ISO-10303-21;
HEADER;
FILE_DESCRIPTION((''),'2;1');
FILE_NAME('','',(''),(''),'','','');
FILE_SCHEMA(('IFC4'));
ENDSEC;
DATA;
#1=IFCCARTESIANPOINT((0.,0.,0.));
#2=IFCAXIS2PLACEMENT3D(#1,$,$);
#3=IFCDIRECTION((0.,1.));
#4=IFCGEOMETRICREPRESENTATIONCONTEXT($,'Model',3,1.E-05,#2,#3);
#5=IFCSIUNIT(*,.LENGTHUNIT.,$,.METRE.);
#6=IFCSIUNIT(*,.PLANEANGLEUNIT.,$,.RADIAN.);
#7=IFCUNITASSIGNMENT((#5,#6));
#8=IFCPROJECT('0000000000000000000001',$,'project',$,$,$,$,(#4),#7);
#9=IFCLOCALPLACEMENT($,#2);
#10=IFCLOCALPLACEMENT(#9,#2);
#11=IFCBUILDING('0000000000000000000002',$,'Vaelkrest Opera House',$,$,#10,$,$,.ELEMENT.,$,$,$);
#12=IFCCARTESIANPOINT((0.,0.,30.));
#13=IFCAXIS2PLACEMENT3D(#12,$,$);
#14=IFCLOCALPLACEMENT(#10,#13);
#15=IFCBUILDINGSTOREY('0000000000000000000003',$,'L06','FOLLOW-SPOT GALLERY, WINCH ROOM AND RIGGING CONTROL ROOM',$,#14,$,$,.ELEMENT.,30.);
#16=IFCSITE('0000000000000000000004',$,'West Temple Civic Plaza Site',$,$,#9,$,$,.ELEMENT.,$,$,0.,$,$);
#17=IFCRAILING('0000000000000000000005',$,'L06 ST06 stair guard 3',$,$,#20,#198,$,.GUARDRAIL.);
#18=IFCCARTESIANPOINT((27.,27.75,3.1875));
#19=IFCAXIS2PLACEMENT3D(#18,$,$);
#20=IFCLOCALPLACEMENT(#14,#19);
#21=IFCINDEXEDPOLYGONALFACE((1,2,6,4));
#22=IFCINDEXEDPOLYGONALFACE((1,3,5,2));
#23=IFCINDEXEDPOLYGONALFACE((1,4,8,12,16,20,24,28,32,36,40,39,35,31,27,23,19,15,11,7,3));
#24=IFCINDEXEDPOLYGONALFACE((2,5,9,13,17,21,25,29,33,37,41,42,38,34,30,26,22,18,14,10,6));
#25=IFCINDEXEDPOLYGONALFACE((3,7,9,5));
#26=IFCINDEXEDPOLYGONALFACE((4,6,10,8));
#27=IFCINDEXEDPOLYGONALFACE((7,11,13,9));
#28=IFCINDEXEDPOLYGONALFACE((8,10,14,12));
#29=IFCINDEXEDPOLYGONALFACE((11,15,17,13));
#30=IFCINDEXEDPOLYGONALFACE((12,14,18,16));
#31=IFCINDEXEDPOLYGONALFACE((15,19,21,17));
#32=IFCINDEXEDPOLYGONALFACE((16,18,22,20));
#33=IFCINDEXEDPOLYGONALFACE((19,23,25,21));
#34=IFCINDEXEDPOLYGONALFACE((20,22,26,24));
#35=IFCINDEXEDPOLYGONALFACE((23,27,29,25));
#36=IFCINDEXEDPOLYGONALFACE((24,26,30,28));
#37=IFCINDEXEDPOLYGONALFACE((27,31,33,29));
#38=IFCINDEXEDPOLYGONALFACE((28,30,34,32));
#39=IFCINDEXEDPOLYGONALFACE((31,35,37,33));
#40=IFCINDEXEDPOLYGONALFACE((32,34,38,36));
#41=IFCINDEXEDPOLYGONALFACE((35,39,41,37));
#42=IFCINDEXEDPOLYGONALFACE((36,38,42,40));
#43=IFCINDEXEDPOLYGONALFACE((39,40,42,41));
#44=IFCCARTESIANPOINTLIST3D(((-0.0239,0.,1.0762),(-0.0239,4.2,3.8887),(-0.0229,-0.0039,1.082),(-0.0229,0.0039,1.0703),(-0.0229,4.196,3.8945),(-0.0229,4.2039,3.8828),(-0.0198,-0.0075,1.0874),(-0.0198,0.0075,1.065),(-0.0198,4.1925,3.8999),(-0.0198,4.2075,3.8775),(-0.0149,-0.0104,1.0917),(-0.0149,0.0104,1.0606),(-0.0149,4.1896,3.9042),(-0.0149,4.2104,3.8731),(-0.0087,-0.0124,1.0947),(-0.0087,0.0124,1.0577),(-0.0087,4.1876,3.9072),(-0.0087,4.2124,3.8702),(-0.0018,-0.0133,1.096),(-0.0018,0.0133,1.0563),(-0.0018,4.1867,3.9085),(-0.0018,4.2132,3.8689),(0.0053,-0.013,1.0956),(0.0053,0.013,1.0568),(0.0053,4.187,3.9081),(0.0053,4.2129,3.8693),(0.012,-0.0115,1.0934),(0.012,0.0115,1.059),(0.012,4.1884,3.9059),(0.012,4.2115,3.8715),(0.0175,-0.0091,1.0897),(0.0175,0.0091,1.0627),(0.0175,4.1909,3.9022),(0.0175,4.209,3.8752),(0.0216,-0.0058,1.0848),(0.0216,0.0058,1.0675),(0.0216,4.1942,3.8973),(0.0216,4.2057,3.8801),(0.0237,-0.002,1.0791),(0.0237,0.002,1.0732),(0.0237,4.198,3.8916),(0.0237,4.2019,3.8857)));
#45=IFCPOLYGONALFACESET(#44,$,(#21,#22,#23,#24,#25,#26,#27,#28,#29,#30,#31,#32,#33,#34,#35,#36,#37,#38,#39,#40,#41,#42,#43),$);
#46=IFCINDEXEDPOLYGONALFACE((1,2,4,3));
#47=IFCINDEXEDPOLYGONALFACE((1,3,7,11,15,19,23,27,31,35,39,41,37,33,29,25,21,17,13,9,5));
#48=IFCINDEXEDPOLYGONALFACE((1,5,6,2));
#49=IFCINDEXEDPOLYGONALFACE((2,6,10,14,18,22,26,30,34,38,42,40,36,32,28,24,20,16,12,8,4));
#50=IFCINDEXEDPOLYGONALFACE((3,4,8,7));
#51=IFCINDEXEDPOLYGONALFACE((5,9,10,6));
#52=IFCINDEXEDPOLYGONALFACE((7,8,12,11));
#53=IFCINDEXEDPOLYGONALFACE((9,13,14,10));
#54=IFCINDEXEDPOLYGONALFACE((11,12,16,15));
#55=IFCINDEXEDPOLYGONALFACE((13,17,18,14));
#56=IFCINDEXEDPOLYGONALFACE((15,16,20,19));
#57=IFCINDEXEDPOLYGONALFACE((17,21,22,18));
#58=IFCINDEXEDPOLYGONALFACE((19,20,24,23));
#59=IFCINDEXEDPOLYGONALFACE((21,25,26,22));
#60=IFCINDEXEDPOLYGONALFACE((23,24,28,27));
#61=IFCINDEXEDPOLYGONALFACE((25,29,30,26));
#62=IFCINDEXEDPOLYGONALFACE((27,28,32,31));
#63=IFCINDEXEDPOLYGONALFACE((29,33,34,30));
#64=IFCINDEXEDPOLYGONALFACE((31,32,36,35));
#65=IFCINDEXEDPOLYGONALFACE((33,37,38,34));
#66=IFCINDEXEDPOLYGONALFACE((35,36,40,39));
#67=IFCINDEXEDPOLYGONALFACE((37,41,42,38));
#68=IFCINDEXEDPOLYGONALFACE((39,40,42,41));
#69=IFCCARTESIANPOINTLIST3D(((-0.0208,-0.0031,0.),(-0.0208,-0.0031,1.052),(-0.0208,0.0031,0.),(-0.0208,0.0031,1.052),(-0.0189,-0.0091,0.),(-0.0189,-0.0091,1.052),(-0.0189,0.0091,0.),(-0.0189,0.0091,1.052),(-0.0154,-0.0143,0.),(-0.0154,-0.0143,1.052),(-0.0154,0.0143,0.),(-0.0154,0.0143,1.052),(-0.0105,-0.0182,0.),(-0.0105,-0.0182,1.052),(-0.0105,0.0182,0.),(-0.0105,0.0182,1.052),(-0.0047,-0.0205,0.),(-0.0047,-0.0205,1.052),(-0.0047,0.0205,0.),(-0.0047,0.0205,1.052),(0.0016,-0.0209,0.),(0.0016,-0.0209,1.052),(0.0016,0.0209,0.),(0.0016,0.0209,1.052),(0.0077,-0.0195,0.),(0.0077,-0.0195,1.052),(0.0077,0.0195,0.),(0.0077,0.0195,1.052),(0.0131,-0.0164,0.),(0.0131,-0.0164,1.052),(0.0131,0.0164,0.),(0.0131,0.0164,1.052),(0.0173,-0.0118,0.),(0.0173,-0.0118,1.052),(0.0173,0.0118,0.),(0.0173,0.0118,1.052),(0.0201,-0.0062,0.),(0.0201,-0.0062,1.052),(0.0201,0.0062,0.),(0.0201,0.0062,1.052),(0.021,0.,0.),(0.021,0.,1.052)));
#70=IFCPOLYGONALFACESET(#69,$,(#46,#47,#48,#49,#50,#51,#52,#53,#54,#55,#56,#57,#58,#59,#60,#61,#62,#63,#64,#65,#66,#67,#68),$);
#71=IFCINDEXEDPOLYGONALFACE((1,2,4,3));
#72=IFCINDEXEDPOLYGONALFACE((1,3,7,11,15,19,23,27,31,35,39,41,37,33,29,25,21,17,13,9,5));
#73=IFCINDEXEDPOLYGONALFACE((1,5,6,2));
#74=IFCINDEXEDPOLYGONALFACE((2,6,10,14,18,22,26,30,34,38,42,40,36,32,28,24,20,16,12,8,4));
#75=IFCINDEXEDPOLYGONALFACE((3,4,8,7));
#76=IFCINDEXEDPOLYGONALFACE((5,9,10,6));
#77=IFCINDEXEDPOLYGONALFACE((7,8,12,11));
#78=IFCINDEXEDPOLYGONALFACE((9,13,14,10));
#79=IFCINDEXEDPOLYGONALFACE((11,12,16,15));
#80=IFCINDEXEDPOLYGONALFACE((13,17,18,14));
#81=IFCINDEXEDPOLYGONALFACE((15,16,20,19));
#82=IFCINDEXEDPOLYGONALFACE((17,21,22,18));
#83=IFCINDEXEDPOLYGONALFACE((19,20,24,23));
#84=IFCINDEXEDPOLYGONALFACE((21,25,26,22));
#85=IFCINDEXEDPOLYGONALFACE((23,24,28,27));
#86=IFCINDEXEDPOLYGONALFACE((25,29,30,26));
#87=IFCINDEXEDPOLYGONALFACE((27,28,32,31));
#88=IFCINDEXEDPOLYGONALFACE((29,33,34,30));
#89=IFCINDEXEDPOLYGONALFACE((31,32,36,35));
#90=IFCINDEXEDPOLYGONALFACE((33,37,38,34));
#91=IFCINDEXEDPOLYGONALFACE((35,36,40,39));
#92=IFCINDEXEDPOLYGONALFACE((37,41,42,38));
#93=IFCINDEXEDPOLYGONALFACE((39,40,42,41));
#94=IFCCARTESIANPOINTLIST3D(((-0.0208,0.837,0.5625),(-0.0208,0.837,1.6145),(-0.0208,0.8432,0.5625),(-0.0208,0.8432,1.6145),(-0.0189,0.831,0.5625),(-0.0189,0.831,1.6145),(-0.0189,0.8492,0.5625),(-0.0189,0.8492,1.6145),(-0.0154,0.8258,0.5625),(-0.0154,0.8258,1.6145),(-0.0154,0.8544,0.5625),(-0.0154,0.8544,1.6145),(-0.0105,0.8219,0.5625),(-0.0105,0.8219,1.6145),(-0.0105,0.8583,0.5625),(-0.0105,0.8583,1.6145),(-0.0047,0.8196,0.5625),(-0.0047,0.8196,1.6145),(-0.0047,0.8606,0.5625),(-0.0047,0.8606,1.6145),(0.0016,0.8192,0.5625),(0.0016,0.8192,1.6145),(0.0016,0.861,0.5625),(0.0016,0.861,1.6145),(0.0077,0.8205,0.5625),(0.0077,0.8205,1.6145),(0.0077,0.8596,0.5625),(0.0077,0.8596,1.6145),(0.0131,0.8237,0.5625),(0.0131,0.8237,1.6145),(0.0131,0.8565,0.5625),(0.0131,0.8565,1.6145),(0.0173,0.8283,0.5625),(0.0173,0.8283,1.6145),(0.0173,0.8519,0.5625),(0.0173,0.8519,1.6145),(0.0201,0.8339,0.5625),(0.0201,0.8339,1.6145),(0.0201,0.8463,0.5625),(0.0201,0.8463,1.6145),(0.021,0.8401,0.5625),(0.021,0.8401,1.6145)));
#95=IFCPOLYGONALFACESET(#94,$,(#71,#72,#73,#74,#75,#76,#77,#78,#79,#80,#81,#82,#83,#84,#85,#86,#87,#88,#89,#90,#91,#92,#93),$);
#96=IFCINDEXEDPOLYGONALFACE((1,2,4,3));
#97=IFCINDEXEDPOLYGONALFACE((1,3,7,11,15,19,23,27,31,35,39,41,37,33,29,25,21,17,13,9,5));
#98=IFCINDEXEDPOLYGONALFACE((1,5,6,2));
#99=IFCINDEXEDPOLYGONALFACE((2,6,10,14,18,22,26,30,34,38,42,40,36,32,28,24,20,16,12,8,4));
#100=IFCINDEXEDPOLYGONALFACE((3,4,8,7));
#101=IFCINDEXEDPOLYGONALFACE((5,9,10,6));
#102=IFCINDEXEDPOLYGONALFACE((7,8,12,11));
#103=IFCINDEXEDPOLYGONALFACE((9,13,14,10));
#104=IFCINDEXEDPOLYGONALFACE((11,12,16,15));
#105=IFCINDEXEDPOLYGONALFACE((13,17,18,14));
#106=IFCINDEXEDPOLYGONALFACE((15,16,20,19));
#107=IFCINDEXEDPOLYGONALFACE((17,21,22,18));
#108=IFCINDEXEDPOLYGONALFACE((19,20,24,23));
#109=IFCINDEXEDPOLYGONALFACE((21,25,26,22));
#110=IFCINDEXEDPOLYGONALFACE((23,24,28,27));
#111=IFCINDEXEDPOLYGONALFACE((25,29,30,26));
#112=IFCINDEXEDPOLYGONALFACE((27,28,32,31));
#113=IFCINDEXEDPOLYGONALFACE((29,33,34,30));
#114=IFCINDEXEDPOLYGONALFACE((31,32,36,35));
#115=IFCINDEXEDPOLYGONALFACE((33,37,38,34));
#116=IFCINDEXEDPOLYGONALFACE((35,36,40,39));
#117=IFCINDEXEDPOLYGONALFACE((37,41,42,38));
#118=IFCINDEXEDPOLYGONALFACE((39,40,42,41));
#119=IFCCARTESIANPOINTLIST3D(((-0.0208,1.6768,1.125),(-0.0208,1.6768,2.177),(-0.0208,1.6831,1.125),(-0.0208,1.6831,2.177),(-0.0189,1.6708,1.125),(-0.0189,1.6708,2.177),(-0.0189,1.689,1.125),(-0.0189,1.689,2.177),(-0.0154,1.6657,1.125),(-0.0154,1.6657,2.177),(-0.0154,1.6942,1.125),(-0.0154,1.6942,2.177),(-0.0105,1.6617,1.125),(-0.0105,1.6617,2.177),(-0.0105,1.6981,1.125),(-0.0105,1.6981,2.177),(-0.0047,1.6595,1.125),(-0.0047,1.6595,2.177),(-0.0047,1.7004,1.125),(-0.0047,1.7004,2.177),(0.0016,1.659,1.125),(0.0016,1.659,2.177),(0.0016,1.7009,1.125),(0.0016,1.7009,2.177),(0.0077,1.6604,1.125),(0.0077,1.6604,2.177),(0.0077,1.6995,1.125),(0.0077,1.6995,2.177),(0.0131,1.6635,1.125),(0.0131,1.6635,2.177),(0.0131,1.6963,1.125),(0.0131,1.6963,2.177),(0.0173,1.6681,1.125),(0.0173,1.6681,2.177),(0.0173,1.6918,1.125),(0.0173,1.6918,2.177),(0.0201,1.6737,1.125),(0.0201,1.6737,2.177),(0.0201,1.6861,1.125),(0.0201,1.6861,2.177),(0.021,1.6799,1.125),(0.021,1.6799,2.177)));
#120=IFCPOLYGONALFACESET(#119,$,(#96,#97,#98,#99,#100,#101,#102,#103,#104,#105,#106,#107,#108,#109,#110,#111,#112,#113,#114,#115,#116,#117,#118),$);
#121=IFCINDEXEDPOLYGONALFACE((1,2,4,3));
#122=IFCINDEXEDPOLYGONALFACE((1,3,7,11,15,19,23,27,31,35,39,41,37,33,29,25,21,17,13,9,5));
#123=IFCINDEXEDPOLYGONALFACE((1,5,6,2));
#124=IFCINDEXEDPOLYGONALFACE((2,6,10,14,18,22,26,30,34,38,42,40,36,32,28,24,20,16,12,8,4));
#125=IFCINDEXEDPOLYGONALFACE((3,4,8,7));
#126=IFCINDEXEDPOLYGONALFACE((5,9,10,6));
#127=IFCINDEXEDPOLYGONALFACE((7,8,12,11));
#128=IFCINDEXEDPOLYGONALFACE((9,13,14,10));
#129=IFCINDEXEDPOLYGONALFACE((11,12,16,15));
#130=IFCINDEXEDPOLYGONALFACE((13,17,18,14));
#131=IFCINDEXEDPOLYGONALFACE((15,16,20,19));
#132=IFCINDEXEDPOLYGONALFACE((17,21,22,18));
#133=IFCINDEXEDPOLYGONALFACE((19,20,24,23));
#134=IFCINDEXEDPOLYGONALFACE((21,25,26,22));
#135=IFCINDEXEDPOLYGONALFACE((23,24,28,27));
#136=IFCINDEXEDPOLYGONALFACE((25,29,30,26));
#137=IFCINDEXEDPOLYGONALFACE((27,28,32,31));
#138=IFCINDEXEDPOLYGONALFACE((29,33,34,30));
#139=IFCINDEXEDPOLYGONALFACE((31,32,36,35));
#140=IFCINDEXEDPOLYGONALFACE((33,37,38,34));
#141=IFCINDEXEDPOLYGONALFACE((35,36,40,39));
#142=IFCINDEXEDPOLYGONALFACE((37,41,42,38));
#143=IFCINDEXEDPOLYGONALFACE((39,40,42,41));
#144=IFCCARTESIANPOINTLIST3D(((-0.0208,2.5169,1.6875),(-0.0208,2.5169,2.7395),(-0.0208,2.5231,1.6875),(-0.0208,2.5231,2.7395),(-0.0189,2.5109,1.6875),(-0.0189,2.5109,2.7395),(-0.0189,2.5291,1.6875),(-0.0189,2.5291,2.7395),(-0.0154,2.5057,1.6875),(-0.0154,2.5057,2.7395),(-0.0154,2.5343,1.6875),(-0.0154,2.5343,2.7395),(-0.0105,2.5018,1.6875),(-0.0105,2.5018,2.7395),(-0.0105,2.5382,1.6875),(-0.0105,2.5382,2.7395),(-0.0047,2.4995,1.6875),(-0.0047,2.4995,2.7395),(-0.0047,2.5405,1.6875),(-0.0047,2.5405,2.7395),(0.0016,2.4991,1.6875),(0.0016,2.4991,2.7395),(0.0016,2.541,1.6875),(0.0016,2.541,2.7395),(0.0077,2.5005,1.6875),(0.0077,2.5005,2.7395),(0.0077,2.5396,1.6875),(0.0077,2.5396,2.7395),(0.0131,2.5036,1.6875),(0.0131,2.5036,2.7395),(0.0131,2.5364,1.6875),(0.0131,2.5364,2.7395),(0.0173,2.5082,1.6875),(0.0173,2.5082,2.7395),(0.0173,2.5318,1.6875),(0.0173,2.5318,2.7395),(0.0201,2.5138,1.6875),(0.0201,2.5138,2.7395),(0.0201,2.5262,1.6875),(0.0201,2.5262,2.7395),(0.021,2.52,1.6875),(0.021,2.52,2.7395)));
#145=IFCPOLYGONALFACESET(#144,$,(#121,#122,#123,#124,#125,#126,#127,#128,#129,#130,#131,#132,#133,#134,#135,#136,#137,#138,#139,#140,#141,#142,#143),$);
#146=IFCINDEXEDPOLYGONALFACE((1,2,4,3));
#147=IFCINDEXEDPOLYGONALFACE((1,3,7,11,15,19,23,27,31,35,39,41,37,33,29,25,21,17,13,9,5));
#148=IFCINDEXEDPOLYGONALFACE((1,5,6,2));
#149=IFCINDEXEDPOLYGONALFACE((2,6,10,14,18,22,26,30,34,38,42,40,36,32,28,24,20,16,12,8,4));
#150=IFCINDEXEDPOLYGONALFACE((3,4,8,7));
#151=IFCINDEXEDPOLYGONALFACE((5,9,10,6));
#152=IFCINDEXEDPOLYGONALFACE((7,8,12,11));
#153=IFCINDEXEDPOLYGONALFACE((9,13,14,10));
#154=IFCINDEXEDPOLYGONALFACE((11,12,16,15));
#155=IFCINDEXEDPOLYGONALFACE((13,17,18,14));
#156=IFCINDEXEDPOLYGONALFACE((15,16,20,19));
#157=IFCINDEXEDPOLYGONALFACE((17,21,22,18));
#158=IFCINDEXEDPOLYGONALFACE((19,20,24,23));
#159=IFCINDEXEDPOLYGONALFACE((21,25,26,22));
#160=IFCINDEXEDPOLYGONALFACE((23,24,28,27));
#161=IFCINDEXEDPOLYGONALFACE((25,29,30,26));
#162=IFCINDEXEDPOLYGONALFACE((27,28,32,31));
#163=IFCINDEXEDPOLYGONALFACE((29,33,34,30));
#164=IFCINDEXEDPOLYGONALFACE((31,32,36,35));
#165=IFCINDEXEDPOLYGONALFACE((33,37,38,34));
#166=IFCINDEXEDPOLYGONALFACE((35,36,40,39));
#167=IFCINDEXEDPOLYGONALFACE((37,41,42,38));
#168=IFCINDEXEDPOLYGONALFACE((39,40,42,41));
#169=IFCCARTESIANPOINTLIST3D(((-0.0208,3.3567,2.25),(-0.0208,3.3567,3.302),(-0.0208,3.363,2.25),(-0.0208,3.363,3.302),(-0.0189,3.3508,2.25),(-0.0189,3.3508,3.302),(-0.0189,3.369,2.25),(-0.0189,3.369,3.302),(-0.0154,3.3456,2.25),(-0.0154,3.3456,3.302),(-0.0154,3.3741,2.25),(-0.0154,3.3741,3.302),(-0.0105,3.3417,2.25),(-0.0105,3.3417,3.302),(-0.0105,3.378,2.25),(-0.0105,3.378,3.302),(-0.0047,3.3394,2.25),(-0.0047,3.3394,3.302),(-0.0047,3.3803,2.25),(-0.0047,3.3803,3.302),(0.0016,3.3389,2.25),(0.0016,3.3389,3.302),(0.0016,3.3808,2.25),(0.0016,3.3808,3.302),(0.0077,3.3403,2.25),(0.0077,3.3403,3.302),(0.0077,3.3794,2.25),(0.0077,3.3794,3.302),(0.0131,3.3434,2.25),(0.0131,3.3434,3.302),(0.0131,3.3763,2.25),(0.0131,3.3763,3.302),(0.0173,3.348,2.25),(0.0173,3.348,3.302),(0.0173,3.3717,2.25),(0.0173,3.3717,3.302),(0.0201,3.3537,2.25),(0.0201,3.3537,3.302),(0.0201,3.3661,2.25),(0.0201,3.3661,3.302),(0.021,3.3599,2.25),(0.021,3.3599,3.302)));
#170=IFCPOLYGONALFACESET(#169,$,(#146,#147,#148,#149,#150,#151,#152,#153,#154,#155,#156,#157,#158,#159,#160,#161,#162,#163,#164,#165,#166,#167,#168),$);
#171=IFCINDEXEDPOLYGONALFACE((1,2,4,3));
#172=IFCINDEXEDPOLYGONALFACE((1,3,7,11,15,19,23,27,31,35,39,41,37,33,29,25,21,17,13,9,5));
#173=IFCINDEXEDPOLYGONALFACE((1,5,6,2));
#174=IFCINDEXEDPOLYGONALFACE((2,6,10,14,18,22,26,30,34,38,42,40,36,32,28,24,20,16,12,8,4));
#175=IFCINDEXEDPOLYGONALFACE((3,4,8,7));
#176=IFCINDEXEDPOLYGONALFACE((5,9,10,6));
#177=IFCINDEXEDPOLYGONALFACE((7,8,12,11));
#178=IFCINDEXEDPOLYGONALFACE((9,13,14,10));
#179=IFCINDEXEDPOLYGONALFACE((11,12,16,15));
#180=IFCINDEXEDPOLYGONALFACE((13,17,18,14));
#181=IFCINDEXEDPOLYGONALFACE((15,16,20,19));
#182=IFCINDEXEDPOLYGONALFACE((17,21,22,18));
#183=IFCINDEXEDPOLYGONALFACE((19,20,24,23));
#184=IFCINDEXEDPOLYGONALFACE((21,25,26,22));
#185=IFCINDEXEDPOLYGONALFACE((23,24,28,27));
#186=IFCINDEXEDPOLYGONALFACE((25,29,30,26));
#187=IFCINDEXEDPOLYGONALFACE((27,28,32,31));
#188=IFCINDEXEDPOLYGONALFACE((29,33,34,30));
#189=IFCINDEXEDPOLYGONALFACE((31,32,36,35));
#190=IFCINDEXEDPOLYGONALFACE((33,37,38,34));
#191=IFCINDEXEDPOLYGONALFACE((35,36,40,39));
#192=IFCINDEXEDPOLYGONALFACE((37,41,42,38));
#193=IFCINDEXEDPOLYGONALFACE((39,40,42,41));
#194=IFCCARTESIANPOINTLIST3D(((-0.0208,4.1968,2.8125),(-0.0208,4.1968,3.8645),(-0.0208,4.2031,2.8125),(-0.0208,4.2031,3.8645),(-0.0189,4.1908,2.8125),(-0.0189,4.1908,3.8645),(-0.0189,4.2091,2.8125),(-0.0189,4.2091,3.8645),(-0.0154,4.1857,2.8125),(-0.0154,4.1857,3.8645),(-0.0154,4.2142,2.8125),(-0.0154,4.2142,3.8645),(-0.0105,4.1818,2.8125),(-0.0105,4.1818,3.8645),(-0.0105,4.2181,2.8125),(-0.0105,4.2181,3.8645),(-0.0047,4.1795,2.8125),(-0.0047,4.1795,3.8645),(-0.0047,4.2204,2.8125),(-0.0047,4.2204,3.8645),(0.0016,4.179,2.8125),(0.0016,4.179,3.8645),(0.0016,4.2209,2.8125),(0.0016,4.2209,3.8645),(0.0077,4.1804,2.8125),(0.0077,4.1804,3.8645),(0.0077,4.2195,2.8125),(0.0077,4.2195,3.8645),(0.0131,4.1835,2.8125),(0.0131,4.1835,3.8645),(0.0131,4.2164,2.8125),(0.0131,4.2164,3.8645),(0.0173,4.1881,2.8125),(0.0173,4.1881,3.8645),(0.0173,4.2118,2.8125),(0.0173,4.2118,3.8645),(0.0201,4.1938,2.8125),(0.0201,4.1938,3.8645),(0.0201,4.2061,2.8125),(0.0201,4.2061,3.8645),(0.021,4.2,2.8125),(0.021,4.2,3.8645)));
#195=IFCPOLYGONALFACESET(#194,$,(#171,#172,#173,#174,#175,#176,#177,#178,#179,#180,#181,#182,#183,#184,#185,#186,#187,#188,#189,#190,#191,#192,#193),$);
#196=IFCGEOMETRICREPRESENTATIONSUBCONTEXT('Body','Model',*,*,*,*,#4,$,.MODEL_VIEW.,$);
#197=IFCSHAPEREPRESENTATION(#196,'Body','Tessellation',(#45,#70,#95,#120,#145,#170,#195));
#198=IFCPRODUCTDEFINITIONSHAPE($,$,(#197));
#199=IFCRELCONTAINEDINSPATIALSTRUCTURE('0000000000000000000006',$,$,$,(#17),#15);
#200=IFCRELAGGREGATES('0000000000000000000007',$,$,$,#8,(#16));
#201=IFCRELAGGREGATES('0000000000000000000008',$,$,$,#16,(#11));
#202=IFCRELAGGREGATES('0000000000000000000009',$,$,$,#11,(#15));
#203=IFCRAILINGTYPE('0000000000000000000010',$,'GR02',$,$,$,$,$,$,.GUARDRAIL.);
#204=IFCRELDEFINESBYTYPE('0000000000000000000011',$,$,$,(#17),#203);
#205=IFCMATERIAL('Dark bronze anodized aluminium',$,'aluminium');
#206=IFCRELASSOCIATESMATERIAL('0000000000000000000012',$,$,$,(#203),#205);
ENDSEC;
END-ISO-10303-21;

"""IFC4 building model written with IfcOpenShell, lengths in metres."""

from ifc_helpers import new_model, si_unit, direction, frame, origin, origin_2d, place, context, subcontext, project, spatial, circle, extrude, material, type_object, element, save


model = new_model("IFC4")

# Units and contexts
model_context = context("Model", 3, precision=1e-05, world=origin(), true_north=direction((0.0, 1.0)))
body_context = subcontext(model_context, "Body", "Model", "MODEL_VIEW")
ifc_project = project(units=[si_unit("LENGTHUNIT", "METRE"), si_unit("PLANEANGLEUNIT", "RADIAN")], contexts=[model_context])

# Site, building, storey
site_placement = place(None, origin())
site = spatial("IfcSite", under=ifc_project, at=site_placement, Name="West Temple Civic Plaza Site", CompositionType="ELEMENT", RefElevation=0.0)
building_placement = place(site_placement, origin())
building = spatial("IfcBuilding", under=site, at=building_placement, Name="Vaelkrest Opera House", CompositionType="ELEMENT")
storey_placement = place(building_placement, frame((0.0, 0.0, 30.0)))
storey = spatial("IfcBuildingStorey", under=building, at=storey_placement, Name="L06", Description="FOLLOW-SPOT GALLERY, WINCH ROOM AND RIGGING CONTROL ROOM", CompositionType="ELEMENT", Elevation=30.0)

# Railing
ifc_material_1 = material(Name="Dark bronze anodized aluminium", Category="aluminium")
railing_type_1 = type_object("IfcRailingType", Name="GR02", PredefinedType="GUARDRAIL", material=ifc_material_1)
railing_1_placement = place(storey_placement, frame((27.0, 27.75, 3.1875)))
element("IfcRailing", 1, at=railing_1_placement, inside=storey, type_object=railing_type_1, Name="L06 ST06 stair guard 3", PredefinedType="GUARDRAIL", context=body_context, shape_type="SweptSolid", body=[
    extrude(circle(Radius=0.0239, at=origin_2d()), frame((0.0, 0.0, 1.0762), z_axis=(0.0, 0.830904, 0.556416), x_axis=(-1.0, 0.0, 0.0)), (0.0, 0.0, 1.0), 5.0547),
    extrude(circle(Radius=0.021, at=origin_2d()), origin(), (0.0, 0.0, 1.0), 1.052),
    extrude(circle(Radius=0.021, at=origin_2d()), frame((0.0, 0.8401, 0.5625)), (0.0, 0.0, 1.0), 1.052),
    extrude(circle(Radius=0.021, at=origin_2d()), frame((0.0, 1.6799, 1.125)), (0.0, 0.0, 1.0), 1.052),
    extrude(circle(Radius=0.021, at=origin_2d()), frame((0.0, 2.52, 1.6875)), (0.0, 0.0, 1.0), 1.052),
    extrude(circle(Radius=0.021, at=origin_2d()), frame((0.0, 3.3599, 2.25)), (0.0, 0.0, 1.0), 1.052),
    extrude(circle(Radius=0.021, at=origin_2d()), frame((0.0, 4.2, 2.8125)), (0.0, 0.0, 1.0), 1.052),
])

save(model, "model.ifc")
